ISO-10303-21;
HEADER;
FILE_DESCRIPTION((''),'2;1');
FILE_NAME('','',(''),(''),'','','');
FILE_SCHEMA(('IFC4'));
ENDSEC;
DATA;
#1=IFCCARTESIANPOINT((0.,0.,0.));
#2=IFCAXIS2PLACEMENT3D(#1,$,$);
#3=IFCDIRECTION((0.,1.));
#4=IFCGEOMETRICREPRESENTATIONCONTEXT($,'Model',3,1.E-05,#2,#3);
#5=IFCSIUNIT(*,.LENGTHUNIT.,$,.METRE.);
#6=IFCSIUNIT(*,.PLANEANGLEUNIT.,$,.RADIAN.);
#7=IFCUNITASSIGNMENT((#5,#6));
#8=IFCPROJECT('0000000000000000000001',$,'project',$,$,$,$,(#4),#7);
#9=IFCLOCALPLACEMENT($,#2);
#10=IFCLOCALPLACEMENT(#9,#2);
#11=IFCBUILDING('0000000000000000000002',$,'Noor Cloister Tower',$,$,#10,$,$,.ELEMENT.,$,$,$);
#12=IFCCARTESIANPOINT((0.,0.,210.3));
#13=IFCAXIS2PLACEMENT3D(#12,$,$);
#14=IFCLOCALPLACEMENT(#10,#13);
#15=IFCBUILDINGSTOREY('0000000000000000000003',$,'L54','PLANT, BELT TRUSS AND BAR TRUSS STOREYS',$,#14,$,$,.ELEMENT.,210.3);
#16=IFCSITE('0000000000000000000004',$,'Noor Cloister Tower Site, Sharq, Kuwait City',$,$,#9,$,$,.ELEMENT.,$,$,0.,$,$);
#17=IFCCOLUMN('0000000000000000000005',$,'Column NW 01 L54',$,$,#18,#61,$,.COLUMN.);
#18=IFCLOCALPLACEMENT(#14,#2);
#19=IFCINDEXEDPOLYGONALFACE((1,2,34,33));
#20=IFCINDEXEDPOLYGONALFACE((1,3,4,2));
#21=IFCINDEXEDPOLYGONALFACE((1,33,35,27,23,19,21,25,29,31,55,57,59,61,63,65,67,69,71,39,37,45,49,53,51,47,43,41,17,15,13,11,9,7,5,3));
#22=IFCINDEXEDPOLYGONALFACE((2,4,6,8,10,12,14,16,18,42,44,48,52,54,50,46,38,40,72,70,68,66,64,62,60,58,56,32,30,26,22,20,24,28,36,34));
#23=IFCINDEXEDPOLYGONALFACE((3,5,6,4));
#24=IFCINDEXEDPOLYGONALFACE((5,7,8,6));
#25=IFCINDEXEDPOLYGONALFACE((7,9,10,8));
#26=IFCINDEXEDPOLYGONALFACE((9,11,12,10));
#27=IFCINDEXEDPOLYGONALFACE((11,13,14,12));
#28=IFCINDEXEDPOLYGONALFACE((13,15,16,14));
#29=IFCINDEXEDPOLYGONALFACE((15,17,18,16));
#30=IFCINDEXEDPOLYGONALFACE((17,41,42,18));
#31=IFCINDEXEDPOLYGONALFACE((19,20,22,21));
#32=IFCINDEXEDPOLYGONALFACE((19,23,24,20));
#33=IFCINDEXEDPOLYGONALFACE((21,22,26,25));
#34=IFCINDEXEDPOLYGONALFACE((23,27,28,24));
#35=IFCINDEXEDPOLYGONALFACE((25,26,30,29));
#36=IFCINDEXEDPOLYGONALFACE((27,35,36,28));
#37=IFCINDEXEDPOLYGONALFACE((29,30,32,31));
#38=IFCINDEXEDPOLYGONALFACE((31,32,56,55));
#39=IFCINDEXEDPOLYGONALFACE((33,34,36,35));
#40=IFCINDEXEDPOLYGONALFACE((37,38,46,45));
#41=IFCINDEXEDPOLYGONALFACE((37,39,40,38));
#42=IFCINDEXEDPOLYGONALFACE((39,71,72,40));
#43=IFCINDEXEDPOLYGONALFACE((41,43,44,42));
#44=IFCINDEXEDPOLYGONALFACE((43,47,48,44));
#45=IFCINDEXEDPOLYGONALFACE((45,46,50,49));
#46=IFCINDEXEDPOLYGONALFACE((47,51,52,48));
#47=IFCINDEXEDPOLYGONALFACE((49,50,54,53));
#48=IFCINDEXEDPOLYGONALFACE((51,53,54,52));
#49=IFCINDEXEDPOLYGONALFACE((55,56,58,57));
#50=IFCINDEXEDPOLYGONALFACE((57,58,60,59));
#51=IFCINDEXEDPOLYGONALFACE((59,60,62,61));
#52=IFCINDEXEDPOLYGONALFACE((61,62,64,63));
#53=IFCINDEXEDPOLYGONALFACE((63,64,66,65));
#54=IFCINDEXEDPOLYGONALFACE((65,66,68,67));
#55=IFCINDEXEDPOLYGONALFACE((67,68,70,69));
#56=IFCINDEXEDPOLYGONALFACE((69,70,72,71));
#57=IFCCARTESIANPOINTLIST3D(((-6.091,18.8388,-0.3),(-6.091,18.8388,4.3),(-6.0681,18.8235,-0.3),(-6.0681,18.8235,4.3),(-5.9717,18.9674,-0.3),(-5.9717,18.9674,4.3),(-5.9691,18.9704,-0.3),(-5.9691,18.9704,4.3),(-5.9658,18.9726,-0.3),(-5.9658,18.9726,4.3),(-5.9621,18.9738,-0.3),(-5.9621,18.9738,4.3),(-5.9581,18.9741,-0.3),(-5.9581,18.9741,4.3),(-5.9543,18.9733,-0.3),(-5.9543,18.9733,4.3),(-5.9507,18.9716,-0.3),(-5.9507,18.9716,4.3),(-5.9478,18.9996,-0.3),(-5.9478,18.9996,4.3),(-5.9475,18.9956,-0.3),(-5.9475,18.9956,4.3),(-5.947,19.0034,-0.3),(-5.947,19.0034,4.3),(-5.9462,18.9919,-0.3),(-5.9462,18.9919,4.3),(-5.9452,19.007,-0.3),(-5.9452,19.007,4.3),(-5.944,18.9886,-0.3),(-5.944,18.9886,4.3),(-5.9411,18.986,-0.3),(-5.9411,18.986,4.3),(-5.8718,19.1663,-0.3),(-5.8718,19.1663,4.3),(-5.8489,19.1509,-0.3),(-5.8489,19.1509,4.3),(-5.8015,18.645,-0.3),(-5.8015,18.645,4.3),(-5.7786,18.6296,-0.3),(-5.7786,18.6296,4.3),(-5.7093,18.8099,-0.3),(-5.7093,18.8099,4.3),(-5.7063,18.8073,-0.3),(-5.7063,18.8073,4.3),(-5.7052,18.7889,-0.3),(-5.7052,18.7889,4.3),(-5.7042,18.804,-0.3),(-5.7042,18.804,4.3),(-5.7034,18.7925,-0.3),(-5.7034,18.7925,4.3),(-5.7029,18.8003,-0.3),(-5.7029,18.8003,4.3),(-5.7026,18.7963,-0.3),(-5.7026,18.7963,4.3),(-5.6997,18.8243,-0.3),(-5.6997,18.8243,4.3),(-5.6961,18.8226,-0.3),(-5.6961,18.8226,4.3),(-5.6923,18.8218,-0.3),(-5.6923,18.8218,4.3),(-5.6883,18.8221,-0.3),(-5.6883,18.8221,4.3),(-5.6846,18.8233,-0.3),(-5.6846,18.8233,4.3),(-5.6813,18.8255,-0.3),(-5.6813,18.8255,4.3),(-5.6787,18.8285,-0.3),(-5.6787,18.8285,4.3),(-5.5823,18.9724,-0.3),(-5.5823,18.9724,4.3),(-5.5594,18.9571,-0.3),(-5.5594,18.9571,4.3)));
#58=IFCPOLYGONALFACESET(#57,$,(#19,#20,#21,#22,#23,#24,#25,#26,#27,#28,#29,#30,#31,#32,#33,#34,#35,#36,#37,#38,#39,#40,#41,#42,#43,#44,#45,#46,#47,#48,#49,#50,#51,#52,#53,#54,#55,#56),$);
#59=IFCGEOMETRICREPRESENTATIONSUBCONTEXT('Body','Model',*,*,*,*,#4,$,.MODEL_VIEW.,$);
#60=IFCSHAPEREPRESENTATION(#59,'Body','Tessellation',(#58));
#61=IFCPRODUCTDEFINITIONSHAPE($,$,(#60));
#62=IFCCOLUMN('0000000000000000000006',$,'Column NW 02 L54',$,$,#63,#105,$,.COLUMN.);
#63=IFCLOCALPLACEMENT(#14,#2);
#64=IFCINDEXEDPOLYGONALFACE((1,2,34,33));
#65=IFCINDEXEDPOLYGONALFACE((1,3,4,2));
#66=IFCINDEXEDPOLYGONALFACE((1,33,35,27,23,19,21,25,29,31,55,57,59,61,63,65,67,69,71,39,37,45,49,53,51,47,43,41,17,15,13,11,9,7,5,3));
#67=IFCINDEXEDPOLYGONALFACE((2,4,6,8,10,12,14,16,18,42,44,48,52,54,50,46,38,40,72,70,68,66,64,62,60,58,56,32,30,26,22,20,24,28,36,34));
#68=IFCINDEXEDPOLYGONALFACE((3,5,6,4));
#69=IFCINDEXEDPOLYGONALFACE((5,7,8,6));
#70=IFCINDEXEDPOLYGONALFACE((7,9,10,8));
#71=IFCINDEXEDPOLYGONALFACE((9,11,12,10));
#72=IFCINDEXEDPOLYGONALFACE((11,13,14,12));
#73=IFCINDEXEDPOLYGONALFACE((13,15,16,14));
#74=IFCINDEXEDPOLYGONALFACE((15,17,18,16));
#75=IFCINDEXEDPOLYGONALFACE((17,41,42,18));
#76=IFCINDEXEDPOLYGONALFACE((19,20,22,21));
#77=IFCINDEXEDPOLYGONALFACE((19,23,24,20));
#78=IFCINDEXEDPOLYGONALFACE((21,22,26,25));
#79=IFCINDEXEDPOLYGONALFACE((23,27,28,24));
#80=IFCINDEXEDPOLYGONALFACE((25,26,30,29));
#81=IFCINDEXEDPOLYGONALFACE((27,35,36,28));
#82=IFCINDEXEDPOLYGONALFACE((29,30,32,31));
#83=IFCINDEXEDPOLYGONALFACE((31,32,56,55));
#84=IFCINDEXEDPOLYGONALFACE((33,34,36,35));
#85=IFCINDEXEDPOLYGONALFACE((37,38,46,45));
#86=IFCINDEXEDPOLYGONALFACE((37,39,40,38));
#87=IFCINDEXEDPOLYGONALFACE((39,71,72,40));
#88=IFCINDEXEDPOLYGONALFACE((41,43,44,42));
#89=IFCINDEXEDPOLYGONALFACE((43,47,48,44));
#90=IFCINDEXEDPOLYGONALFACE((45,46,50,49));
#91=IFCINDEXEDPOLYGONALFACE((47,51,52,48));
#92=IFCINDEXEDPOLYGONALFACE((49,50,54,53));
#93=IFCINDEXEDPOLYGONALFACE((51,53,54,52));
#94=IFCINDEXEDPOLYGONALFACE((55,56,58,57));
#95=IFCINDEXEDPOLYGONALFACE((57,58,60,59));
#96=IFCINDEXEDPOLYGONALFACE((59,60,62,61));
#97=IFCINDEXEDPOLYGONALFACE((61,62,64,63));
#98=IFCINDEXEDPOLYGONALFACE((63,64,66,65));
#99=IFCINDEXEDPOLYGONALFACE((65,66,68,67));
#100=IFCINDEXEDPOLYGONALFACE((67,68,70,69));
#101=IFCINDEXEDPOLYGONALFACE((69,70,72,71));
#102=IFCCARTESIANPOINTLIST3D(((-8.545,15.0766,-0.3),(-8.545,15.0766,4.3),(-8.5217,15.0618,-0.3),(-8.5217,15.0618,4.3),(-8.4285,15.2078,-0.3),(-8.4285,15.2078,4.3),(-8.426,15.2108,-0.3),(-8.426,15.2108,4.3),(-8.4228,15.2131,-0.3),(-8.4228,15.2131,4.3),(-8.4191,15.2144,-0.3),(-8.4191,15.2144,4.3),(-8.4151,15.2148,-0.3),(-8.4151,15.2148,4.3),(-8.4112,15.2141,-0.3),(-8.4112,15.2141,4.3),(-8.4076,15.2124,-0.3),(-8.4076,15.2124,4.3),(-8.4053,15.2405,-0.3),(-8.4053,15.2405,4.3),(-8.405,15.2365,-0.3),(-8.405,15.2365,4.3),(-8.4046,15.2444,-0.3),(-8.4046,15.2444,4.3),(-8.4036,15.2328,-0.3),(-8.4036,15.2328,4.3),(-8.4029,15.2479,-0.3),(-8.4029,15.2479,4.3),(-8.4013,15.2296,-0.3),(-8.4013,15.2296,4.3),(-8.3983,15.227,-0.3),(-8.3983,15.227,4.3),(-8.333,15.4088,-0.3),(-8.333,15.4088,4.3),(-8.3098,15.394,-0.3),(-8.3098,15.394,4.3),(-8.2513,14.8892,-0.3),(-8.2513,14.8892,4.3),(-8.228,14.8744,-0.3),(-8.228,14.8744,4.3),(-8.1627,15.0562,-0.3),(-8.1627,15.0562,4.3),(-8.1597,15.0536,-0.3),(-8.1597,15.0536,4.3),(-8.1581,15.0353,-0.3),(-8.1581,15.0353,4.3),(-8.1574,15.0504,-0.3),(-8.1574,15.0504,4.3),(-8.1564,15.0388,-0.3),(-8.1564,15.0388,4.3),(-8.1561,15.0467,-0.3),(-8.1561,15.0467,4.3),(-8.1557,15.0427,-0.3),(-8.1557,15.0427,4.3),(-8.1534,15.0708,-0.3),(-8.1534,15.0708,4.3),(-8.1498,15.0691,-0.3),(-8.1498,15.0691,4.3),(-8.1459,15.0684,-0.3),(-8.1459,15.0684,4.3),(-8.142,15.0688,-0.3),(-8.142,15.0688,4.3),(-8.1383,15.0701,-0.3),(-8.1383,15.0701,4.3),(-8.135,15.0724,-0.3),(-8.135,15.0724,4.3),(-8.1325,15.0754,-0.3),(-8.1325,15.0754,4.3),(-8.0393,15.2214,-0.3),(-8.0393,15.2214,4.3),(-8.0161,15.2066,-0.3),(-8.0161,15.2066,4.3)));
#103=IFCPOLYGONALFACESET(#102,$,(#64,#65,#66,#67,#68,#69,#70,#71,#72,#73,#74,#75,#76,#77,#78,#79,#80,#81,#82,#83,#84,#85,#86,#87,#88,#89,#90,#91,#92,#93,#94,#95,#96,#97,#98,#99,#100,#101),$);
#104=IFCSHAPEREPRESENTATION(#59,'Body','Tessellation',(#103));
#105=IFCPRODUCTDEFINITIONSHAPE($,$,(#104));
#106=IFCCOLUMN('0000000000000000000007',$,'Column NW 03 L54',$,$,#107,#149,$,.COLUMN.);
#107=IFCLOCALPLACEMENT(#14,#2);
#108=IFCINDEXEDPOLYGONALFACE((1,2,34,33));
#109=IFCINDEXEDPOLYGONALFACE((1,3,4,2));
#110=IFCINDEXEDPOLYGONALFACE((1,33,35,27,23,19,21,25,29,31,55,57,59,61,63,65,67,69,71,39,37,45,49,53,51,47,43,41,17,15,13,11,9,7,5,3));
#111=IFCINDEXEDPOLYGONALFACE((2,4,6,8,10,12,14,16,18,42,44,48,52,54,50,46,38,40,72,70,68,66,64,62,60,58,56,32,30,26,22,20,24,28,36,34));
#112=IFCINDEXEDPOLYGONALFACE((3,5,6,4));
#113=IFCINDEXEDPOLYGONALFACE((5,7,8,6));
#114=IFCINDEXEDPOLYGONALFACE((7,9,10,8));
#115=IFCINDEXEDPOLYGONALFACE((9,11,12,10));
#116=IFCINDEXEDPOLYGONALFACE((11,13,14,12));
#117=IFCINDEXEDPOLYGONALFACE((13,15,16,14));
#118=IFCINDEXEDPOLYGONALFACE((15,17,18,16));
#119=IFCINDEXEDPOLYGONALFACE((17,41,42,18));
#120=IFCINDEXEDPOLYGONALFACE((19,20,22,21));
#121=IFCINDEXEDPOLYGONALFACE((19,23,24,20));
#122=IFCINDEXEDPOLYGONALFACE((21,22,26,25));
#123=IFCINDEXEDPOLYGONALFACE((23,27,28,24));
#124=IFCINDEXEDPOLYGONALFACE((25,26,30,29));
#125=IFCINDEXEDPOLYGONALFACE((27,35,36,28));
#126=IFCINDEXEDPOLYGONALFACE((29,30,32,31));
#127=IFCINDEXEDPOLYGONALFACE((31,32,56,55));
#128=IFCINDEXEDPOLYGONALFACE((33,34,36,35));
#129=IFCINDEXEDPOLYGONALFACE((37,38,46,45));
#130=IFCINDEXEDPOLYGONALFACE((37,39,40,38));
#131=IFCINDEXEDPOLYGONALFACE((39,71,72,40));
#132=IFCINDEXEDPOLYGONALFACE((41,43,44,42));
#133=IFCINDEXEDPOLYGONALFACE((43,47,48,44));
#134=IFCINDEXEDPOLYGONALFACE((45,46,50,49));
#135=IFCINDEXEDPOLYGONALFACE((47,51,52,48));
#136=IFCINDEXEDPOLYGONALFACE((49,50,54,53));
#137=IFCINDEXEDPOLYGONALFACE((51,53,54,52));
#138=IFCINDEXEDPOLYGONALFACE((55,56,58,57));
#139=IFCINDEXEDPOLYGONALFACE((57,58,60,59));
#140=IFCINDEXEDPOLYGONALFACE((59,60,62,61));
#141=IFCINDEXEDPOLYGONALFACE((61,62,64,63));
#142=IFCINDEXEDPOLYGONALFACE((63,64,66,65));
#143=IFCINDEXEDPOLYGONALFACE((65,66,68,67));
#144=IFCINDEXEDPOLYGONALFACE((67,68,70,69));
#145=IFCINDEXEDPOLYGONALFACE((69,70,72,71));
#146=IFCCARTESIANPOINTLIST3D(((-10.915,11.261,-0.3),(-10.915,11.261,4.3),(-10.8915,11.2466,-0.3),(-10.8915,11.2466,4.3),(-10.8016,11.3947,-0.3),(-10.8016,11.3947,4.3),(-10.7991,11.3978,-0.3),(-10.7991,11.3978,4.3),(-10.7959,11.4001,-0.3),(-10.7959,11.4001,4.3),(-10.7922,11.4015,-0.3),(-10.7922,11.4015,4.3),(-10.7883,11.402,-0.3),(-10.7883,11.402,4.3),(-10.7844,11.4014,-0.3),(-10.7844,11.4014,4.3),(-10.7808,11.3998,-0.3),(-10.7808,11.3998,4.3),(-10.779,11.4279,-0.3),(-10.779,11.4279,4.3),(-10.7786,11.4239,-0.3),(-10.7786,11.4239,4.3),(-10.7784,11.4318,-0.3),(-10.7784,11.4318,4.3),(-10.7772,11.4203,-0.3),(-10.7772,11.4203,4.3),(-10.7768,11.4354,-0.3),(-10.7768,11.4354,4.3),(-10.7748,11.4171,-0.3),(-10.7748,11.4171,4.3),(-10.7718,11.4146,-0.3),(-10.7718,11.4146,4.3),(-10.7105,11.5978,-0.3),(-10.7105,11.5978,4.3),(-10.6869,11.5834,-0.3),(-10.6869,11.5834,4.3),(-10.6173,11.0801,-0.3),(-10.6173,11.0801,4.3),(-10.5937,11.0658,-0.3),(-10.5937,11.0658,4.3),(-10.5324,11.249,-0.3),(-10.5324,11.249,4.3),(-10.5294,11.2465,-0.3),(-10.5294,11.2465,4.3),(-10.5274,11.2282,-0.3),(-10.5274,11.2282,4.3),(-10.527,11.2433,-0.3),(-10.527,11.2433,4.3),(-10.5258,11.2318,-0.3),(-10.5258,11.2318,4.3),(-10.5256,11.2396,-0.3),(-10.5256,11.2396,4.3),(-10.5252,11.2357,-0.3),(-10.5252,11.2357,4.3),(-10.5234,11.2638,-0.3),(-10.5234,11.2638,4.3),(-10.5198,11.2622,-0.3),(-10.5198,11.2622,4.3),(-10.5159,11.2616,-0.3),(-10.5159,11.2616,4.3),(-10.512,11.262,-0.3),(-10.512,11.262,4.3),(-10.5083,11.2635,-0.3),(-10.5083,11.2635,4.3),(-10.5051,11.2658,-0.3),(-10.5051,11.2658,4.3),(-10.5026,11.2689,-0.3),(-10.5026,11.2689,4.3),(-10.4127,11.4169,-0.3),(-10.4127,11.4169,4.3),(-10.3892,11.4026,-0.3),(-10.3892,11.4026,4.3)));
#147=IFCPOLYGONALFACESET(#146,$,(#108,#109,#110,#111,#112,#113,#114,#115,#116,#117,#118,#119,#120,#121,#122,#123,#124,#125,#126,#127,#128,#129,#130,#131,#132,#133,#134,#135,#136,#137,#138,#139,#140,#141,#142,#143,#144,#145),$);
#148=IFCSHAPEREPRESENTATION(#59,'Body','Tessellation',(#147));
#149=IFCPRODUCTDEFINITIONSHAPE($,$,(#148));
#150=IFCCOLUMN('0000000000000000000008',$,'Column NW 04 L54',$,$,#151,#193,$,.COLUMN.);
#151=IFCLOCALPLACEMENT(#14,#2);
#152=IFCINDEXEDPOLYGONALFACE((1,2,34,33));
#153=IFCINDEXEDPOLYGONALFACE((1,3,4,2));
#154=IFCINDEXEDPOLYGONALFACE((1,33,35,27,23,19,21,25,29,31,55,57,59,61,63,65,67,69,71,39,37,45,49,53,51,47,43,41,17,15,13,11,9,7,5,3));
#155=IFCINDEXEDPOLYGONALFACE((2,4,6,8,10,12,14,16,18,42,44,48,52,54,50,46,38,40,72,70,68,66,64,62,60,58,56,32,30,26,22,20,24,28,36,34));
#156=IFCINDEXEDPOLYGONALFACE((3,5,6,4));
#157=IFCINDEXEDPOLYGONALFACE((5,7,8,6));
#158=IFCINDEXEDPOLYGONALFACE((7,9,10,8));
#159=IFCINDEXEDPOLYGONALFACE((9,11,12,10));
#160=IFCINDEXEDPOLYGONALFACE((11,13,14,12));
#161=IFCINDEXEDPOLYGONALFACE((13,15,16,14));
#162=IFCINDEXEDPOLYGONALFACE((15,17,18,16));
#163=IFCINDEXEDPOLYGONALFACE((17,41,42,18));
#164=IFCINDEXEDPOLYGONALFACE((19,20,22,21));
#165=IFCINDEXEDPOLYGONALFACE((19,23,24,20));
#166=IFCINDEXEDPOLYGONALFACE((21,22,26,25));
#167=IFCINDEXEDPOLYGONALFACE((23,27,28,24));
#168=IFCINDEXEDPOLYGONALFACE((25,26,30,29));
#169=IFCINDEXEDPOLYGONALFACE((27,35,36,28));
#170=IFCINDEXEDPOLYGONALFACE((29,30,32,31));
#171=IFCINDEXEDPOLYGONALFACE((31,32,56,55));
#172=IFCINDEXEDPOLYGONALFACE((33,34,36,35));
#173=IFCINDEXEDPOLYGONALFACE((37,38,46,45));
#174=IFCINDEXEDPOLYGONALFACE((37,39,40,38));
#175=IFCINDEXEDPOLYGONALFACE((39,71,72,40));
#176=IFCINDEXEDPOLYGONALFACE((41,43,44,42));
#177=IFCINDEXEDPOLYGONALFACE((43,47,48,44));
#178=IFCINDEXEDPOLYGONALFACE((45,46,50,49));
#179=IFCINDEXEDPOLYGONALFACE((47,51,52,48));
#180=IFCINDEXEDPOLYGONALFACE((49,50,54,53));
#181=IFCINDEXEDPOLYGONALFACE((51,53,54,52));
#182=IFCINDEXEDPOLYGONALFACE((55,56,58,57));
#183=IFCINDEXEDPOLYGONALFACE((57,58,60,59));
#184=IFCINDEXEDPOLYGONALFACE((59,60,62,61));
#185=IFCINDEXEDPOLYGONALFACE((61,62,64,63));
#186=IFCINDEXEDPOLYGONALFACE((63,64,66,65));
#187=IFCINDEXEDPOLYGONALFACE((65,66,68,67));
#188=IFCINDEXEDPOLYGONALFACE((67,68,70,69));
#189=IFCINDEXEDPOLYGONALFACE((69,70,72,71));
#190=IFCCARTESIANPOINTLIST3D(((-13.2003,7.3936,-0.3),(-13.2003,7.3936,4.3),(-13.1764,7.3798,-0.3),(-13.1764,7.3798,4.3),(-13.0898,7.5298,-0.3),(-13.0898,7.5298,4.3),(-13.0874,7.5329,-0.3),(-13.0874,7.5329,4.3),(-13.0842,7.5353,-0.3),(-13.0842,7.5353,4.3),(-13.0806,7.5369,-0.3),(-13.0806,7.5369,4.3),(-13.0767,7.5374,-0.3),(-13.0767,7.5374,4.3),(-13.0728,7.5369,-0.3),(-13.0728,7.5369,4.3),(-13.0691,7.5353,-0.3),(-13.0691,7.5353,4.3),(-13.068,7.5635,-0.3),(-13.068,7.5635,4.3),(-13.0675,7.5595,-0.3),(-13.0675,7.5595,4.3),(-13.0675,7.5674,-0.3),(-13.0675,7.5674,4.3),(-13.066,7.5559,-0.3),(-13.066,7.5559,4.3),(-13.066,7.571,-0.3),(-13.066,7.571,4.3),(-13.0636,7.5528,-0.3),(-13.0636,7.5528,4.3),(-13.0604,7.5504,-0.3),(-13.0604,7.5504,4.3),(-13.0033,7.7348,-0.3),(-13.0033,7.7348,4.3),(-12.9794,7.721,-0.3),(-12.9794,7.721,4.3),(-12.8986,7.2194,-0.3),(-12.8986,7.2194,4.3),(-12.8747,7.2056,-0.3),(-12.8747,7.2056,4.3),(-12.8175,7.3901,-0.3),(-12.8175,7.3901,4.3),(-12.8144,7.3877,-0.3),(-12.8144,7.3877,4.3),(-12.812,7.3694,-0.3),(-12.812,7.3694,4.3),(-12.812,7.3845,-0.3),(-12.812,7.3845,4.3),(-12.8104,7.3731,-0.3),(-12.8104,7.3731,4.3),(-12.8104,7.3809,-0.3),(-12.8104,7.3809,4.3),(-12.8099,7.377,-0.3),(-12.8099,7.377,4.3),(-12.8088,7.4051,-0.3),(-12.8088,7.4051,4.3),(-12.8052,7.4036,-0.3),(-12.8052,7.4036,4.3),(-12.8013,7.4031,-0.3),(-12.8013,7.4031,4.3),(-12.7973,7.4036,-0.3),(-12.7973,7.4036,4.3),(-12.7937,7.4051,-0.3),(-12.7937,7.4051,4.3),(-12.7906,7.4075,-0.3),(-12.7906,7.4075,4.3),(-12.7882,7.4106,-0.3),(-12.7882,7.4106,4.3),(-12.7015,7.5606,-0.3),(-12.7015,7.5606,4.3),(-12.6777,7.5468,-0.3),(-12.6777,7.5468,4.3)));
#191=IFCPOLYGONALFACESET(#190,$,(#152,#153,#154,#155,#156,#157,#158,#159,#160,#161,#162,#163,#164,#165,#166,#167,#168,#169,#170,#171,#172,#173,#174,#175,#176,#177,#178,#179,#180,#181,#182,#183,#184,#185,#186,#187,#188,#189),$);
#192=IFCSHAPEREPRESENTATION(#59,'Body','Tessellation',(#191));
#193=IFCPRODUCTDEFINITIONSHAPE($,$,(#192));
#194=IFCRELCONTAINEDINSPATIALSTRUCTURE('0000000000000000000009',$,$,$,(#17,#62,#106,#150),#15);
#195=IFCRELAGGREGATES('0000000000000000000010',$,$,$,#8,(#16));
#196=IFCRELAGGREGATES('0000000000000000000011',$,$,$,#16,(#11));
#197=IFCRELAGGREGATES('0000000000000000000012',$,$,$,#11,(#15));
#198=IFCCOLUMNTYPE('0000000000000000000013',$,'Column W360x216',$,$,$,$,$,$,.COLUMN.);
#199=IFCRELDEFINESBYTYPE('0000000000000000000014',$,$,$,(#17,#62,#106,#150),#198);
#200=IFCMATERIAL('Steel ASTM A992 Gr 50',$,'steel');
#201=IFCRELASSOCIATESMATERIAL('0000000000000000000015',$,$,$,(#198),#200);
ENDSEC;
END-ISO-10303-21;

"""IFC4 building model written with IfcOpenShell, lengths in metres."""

from ifc_helpers import new_model, si_unit, direction, frame, origin, origin_2d, place, context, subcontext, project, spatial, i_section, extrude, material, material_profile, profile_set, type_object, element, save


model = new_model("IFC4")

# Units and contexts
model_context = context("Model", 3, precision=1e-05, world=origin(), true_north=direction((0.0, 1.0)))
body_context = subcontext(model_context, "Body", "Model", "MODEL_VIEW")
ifc_project = project(units=[si_unit("LENGTHUNIT", "METRE"), si_unit("PLANEANGLEUNIT", "RADIAN")], contexts=[model_context])

# Site, building, storey
site_placement = place(None, origin())
site = spatial("IfcSite", under=ifc_project, at=site_placement, Name="Noor Cloister Tower Site, Sharq, Kuwait City", CompositionType="ELEMENT", RefElevation=0.0)
building_placement = place(site_placement, origin())
building = spatial("IfcBuilding", under=site, at=building_placement, Name="Noor Cloister Tower", CompositionType="ELEMENT")
storey_placement = place(building_placement, frame((0.0, 0.0, 210.3)))
storey = spatial("IfcBuildingStorey", under=building, at=storey_placement, Name="L54", Description="PLANT, BELT TRUSS AND BAR TRUSS STOREYS", CompositionType="ELEMENT", Elevation=210.3)

# Columns
ifc_material_1 = material(Name="Steel ASTM A992 Gr 50", Category="steel")
ifc_material_profile_1 = material_profile(ifc_material_1, i_section(OverallWidth=0.394, OverallDepth=0.376, WebThickness=0.0173, FlangeThickness=0.0276, FilletRadius=0.0151, at=origin_2d()), Name="W360x216")
ifc_profile_set_1 = profile_set([ifc_material_profile_1], Name="Steel ASTM A992 Gr 50")
column_type = type_object("IfcColumnType", Name="Column W360x216", PredefinedType="COLUMN", material=ifc_profile_set_1)
for number, where, z_axis, x_axis, name in (
    (1, (-5.8252, 18.8979, -0.3), (0.0, 0.0, 1.0), (-0.55636, -0.830941, 0.0), "Column NW 01 L54"),
    (2, (-8.2805, 15.1416, -0.3), (0.0, 0.0, 1.0), (-0.537834, -0.843051, 0.0), "Column NW 02 L54"),
    (3, (-10.6521, 11.3318, -0.3), (0.0, 0.0, 1.0), (-0.519044, -0.854747, 0.0), "Column NW 03 L54"),
    (4, (-12.939, 7.4702, -0.3), (0.0, 0.0, 1.0), (-0.5, -0.866025, 0.0), "Column NW 04 L54"),
):
    element("IfcColumn", number, at=place(storey_placement, frame(where, z_axis=z_axis, x_axis=x_axis)), inside=storey, type_object=column_type, Name=name, PredefinedType="COLUMN", context=body_context, shape_type="SweptSolid", body=[
        extrude(i_section(OverallWidth=0.394, OverallDepth=0.376, WebThickness=0.0173, FlangeThickness=0.0276, FilletRadius=0.0151, at=origin_2d()), origin(), (0.0, 0.0, 1.0), 4.6001),
    ])

save(model, "model.ifc")
